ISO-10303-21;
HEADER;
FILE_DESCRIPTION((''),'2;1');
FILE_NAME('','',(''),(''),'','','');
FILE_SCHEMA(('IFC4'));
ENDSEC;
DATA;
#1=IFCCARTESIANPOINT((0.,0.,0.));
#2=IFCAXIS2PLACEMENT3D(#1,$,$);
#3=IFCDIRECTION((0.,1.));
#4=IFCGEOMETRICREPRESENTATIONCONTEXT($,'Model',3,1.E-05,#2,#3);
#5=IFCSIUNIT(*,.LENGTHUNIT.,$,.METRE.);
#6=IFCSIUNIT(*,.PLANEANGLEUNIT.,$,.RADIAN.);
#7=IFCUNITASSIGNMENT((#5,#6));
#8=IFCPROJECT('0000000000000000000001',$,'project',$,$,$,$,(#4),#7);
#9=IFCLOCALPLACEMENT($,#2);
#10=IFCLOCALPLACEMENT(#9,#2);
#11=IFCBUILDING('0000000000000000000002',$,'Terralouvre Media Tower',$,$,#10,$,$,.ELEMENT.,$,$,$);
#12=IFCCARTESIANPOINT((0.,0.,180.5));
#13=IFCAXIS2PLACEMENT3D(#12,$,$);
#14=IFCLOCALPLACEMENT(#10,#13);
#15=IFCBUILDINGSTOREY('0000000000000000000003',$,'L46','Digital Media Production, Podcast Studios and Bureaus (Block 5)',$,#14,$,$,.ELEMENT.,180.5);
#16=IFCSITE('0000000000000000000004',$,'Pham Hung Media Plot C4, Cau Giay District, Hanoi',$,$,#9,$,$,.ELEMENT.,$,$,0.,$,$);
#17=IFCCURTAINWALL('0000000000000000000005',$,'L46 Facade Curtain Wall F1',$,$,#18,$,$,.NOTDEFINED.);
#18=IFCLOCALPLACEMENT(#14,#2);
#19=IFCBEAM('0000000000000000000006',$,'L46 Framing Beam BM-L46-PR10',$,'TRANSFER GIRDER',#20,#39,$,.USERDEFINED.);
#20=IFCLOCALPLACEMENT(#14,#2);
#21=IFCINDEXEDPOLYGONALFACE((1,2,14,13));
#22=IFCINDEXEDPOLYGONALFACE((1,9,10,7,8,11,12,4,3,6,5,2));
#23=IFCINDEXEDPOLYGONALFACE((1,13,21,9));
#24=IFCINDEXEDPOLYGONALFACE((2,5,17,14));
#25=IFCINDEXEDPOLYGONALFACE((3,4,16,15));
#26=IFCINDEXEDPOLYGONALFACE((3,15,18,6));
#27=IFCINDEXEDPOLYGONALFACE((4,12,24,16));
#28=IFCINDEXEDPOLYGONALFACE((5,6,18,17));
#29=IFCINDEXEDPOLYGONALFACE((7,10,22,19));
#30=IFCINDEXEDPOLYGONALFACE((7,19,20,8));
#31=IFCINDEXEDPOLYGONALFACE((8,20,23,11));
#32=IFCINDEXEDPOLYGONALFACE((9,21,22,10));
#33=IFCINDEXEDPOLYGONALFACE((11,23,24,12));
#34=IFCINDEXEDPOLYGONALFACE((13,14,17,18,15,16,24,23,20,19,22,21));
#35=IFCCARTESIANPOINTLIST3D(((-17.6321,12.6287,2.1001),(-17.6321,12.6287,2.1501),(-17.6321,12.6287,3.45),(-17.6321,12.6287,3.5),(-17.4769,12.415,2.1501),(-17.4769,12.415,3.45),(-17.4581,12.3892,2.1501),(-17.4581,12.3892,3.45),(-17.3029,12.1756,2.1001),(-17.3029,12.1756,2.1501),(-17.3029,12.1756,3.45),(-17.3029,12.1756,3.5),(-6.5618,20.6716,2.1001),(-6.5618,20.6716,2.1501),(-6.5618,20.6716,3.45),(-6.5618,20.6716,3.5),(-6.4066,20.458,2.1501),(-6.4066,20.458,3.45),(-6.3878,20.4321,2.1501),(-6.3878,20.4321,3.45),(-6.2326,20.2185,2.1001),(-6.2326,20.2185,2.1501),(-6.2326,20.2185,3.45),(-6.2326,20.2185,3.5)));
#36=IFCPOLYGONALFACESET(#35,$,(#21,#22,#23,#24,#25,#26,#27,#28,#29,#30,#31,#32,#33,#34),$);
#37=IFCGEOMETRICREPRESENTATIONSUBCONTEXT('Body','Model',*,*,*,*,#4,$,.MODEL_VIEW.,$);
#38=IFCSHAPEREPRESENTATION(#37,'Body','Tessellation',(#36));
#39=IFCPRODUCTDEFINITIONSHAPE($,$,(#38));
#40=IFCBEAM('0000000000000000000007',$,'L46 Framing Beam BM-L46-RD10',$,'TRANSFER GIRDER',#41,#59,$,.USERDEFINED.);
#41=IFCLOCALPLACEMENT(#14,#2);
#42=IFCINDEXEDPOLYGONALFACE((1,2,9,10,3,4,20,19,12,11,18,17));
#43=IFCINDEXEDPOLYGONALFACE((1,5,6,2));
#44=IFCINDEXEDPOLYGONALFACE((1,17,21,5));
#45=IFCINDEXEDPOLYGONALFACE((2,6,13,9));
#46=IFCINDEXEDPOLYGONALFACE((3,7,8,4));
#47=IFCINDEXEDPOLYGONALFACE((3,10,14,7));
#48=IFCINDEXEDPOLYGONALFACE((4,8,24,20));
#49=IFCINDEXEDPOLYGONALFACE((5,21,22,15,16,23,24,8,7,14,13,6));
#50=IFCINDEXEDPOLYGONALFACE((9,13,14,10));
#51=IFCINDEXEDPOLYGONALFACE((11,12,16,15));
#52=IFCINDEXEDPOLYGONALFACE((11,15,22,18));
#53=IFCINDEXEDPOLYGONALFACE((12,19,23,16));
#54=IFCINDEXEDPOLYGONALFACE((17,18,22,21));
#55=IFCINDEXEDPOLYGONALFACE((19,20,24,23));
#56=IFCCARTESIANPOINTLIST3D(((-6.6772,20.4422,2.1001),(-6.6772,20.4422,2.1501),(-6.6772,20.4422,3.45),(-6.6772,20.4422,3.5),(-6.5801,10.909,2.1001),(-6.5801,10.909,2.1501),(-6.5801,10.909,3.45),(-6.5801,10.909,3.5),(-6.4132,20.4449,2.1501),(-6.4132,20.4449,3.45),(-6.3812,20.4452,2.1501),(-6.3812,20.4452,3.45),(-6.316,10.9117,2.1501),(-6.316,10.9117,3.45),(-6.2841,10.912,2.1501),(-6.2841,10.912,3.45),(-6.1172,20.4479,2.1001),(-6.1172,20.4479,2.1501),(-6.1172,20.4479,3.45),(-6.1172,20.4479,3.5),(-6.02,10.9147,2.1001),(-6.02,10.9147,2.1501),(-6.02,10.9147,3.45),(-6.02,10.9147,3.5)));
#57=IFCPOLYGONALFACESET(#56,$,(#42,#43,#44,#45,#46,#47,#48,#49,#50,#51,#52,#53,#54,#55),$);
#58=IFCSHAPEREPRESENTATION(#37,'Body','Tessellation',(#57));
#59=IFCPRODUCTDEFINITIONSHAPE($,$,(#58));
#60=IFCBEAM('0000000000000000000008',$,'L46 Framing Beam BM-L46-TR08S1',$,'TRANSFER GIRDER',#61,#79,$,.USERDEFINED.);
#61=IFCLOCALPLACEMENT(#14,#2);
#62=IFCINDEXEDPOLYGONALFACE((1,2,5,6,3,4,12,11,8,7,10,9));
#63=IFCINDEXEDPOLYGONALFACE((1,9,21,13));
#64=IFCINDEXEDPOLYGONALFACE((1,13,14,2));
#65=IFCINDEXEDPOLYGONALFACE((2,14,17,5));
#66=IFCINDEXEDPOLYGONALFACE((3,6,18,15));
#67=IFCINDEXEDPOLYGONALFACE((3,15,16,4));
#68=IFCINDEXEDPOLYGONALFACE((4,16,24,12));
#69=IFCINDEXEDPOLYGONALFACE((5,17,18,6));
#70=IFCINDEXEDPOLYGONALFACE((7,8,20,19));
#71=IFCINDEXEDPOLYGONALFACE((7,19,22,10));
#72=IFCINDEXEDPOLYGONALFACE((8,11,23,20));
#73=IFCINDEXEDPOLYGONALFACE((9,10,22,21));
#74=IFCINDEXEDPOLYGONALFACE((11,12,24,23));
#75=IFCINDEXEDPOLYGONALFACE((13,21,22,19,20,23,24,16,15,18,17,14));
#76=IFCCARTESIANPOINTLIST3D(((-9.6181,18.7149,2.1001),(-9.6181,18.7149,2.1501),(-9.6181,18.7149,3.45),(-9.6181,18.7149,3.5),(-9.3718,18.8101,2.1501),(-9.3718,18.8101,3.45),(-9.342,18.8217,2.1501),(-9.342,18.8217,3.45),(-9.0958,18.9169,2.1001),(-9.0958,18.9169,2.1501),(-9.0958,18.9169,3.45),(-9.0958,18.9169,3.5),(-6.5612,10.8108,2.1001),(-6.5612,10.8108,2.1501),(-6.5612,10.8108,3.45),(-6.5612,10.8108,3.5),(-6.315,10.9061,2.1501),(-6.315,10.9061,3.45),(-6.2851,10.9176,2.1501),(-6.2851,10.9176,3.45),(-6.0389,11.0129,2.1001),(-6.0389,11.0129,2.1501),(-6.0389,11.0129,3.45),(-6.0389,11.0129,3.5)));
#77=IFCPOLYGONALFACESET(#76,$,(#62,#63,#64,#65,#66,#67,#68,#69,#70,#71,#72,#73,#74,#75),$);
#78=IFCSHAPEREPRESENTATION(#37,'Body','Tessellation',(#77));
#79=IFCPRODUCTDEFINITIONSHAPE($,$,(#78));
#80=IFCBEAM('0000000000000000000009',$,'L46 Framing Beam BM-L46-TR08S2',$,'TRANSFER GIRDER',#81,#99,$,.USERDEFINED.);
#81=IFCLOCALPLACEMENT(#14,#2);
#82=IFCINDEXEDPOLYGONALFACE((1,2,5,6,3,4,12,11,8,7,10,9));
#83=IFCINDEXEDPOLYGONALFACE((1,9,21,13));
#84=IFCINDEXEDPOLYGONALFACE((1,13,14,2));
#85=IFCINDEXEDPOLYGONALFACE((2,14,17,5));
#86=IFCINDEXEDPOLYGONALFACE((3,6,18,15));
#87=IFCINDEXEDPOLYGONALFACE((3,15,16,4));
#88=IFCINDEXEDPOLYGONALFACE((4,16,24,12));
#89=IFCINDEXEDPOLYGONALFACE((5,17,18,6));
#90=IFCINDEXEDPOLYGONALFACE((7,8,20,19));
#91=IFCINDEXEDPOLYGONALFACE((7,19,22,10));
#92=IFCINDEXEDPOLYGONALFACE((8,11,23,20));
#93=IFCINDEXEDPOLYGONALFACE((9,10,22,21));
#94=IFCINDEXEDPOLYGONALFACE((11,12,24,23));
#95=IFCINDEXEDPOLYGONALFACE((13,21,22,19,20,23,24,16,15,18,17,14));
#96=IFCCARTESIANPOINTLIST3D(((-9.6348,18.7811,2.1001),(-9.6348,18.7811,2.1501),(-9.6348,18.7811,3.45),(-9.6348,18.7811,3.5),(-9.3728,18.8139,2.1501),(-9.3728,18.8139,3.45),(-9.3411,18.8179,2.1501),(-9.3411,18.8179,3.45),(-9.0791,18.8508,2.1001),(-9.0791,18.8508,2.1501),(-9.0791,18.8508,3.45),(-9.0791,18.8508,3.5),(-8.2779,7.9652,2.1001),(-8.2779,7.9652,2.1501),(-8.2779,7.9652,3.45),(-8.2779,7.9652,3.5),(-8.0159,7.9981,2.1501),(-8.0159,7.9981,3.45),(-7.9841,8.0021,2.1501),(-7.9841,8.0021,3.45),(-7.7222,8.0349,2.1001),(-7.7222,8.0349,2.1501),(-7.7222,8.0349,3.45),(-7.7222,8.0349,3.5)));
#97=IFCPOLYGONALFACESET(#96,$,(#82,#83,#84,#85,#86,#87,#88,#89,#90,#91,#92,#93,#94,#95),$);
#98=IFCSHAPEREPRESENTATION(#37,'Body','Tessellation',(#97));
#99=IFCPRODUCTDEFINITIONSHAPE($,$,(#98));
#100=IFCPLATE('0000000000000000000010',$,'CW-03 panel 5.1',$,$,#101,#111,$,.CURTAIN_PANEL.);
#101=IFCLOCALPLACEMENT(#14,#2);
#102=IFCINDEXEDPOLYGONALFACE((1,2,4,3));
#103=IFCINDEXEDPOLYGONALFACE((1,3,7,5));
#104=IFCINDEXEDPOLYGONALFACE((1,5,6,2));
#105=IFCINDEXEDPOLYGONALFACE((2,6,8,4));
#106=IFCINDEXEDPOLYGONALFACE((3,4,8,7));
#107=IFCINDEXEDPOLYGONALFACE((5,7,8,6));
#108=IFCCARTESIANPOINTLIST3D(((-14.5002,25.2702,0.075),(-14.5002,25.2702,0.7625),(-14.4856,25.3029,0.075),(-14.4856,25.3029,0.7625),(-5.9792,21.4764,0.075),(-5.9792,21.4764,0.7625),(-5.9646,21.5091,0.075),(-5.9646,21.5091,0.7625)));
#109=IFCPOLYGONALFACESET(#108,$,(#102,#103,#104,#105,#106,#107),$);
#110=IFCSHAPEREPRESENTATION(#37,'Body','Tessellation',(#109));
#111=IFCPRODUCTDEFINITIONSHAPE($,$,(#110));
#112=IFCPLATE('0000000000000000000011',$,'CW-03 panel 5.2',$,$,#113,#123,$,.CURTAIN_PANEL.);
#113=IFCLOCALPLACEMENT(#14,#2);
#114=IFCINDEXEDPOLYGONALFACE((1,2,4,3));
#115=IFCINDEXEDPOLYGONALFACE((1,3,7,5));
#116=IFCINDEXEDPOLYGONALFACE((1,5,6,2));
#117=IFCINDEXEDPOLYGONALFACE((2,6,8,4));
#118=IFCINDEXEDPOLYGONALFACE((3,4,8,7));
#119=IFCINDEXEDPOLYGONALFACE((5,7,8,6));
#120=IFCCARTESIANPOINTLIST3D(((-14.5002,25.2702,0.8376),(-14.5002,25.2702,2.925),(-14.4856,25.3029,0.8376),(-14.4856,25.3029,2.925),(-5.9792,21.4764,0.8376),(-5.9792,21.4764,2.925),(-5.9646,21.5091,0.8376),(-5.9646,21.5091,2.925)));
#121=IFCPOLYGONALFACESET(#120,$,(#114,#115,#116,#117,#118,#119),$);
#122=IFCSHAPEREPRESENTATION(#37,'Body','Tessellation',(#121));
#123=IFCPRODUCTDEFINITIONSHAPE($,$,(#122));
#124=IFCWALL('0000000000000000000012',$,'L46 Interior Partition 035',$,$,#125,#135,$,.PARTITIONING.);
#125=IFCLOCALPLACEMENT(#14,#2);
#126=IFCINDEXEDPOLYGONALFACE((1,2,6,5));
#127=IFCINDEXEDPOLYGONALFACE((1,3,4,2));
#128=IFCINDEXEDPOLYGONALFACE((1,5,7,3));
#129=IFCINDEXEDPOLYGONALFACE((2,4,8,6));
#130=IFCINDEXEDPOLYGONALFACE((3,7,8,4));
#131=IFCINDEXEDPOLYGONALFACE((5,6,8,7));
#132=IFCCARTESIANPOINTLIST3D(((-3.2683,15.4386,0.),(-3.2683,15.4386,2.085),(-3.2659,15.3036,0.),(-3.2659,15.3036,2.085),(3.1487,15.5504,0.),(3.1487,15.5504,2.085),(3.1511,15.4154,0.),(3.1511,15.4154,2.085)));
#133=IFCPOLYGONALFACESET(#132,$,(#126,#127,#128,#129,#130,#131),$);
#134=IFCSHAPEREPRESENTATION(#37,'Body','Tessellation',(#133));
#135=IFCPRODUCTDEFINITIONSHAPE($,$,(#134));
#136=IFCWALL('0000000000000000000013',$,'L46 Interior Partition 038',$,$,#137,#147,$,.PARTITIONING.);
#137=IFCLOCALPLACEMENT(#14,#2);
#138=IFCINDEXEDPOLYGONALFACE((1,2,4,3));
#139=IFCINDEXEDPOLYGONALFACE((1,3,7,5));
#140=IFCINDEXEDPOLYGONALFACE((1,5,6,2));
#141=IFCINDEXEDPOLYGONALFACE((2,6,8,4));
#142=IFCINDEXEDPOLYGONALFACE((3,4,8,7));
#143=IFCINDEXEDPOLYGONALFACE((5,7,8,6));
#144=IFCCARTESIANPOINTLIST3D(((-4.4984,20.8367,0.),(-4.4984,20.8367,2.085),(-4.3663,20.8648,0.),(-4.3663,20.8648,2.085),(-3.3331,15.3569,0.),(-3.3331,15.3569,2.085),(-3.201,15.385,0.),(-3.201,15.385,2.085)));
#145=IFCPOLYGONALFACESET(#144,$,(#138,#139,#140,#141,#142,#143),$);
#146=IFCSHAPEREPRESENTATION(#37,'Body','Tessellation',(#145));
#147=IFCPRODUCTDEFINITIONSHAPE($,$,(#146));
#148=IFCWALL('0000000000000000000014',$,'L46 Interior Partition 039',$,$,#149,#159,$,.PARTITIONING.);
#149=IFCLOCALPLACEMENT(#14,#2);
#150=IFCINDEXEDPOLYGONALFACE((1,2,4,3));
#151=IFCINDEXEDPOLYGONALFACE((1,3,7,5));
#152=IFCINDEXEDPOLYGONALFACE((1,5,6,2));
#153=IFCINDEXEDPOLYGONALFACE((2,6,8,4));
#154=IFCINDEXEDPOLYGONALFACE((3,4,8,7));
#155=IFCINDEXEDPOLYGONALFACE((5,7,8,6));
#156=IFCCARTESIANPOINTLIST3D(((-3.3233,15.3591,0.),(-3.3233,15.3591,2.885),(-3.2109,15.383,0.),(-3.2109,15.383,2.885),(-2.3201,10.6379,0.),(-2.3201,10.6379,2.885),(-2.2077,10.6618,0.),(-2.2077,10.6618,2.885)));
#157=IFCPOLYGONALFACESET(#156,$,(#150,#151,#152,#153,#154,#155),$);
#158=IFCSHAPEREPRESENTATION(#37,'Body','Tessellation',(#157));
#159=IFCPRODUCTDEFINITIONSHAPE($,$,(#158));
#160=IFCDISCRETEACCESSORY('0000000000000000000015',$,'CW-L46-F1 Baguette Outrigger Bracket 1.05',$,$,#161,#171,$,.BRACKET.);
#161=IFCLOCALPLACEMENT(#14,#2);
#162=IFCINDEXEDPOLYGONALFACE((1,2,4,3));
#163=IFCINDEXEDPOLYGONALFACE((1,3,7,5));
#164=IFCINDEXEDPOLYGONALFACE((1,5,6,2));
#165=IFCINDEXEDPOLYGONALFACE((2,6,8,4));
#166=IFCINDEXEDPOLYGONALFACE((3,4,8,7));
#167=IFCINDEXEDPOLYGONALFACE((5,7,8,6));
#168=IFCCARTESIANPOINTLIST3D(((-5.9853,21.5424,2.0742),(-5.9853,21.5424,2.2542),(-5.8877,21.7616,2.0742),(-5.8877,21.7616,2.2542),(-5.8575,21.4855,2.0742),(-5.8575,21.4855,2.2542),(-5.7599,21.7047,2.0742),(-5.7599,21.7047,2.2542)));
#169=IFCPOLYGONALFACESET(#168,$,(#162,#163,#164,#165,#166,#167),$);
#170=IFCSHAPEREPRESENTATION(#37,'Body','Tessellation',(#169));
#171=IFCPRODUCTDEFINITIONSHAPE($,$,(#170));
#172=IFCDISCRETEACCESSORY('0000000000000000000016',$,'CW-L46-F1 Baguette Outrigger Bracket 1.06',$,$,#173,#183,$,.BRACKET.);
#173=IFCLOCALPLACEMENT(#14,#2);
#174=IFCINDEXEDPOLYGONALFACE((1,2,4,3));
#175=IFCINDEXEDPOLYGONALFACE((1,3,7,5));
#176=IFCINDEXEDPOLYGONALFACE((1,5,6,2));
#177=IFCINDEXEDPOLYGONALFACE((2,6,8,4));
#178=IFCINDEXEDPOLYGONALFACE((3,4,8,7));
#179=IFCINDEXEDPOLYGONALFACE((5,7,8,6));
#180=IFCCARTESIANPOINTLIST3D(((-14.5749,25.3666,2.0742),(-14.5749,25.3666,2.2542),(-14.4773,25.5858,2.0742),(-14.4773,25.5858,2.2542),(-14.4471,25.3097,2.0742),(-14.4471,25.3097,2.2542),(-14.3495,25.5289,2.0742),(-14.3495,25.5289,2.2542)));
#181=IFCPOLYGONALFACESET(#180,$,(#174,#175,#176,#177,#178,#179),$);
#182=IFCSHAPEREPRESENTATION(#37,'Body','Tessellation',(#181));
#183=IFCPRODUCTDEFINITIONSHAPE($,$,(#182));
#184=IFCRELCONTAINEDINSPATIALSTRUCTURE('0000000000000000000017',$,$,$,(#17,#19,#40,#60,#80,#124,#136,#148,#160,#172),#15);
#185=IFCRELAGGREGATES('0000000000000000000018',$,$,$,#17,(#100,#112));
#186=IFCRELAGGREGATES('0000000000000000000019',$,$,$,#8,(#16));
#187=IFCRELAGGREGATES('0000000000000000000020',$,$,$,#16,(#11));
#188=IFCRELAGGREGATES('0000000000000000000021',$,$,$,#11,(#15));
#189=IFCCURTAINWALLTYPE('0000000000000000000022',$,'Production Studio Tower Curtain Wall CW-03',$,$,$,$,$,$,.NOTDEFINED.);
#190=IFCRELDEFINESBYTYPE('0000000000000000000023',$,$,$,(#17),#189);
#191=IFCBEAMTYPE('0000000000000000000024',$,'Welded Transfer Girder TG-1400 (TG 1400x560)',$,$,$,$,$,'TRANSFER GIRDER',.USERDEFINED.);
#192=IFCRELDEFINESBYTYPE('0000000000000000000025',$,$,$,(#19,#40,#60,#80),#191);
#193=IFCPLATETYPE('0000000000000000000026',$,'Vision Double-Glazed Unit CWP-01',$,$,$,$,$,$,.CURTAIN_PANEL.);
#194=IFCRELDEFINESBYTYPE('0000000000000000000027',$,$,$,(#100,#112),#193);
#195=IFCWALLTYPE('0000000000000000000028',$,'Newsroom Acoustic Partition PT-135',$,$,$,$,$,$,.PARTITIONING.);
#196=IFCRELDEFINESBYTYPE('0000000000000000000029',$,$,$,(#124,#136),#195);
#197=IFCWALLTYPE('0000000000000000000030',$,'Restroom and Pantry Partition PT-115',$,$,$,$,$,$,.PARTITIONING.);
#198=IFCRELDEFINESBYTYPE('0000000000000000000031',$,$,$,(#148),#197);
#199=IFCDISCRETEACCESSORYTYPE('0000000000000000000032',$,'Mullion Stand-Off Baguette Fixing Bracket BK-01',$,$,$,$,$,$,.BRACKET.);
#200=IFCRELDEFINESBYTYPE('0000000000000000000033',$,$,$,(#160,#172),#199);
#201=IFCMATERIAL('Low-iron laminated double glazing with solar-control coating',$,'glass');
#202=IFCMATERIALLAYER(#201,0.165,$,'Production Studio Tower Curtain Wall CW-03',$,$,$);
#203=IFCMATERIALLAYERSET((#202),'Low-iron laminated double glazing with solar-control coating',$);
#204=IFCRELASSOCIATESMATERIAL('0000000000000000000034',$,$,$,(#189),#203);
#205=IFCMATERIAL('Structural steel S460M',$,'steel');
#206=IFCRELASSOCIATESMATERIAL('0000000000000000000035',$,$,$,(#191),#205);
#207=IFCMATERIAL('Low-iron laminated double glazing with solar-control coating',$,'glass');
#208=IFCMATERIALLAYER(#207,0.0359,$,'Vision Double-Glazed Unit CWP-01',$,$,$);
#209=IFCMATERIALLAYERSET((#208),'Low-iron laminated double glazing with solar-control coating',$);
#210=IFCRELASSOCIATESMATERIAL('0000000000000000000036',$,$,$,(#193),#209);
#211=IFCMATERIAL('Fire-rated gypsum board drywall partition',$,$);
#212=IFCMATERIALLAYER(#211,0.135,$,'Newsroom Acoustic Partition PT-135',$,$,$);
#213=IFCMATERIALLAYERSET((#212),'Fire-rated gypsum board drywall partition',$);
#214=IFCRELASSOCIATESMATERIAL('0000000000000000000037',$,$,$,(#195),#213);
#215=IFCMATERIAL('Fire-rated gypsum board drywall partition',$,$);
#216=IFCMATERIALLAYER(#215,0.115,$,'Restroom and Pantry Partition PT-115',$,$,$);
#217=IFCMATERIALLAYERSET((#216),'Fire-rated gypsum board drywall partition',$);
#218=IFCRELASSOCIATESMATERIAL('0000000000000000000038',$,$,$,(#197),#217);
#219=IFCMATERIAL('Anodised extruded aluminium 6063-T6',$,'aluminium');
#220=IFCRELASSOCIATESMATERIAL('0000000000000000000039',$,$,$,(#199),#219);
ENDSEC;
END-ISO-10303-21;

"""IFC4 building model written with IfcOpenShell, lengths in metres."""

from ifc_helpers import new_model, si_unit, direction, frame, frame_2d, origin, origin_2d, place, context, subcontext, project, spatial, rectangle, i_section, extrude, material, layer, layer_set, material_profile, profile_set, type_object, element, aggregate, save


model = new_model("IFC4")

# Units and contexts
model_context = context("Model", 3, precision=1e-05, world=origin(), true_north=direction((0.0, 1.0)))
body_context = subcontext(model_context, "Body", "Model", "MODEL_VIEW")
ifc_project = project(units=[si_unit("LENGTHUNIT", "METRE"), si_unit("PLANEANGLEUNIT", "RADIAN")], contexts=[model_context])

# Site, building, storey
site_placement = place(None, origin())
site = spatial("IfcSite", under=ifc_project, at=site_placement, Name="Pham Hung Media Plot C4, Cau Giay District, Hanoi", CompositionType="ELEMENT", RefElevation=0.0)
building_placement = place(site_placement, origin())
building = spatial("IfcBuilding", under=site, at=building_placement, Name="Terralouvre Media Tower", CompositionType="ELEMENT")
storey_placement = place(building_placement, frame((0.0, 0.0, 180.5)))
storey = spatial("IfcBuildingStorey", under=building, at=storey_placement, Name="L46", Description="Digital Media Production, Podcast Studios and Bureaus (Block 5)", CompositionType="ELEMENT", Elevation=180.5)

# Curtain wall
ifc_material_1 = material(Name="Low-iron laminated double glazing with solar-control coating", Category="glass")
ifc_layer_1 = layer(ifc_material_1, 0.165, Name="Production Studio Tower Curtain Wall CW-03")
ifc_layer_set_1 = layer_set([ifc_layer_1], Name="Low-iron laminated double glazing with solar-control coating")
curtain_wall_type_1 = type_object("IfcCurtainWallType", Name="Production Studio Tower Curtain Wall CW-03", PredefinedType="NOTDEFINED", material=ifc_layer_set_1)
curtain_wall_1_placement = place(storey_placement, origin())
curtain_wall_1 = element("IfcCurtainWall", 1, at=curtain_wall_1_placement, inside=storey, type_object=curtain_wall_type_1, Name="L46 Facade Curtain Wall F1", PredefinedType="NOTDEFINED")

# Beams
ifc_material_2 = material(Name="Structural steel S460M", Category="steel")
ifc_material_profile_1 = material_profile(ifc_material_2, i_section(OverallWidth=0.5601, OverallDepth=1.3999, WebThickness=0.032, FlangeThickness=0.05, at=origin_2d()), Name="TG 1400x560")
ifc_profile_set_1 = profile_set([ifc_material_profile_1], Name="Structural steel S460M")
beam_type_1 = type_object("IfcBeamType", Name="Welded Transfer Girder TG-1400 (TG 1400x560)", ElementType="TRANSFER GIRDER", PredefinedType="USERDEFINED", material=ifc_profile_set_1)
beam_1_placement = place(storey_placement, frame((-6.3972, 20.4451, 2.8), z_axis=(-0.80902, -0.587781, 0.0), x_axis=(0.587781, -0.80902, 0.0)))
element("IfcBeam", 2, at=beam_1_placement, inside=storey, type_object=beam_type_1, Name="L46 Framing Beam BM-L46-PR10", ObjectType="TRANSFER GIRDER", PredefinedType="USERDEFINED", context=body_context, shape_type="SweptSolid", body=[
    extrude(i_section(OverallWidth=0.5601, OverallDepth=1.3999, WebThickness=0.032, FlangeThickness=0.05, at=origin_2d()), origin(), (0.0, 0.0, 1.0), 13.6836),
])
beam_2_placement = place(storey_placement, frame((-6.3, 10.9119, 2.8), z_axis=(-0.010192, 0.999948, 0.0), x_axis=(-0.999948, -0.010192, 0.0)))
element("IfcBeam", 3, at=beam_2_placement, inside=storey, type_object=beam_type_1, Name="L46 Framing Beam BM-L46-RD10", ObjectType="TRANSFER GIRDER", PredefinedType="USERDEFINED", context=body_context, shape_type="SweptSolid", body=[
    extrude(i_section(OverallWidth=0.5601, OverallDepth=1.3999, WebThickness=0.032, FlangeThickness=0.05, at=origin_2d()), origin(), (0.0, 0.0, 1.0), 9.5337),
])
beam_3_placement = place(storey_placement, frame((-9.3569, 18.8159, 2.8), z_axis=(0.360712, -0.932677, 0.0), x_axis=(0.932677, 0.360712, 0.0)))
element("IfcBeam", 4, at=beam_3_placement, inside=storey, type_object=beam_type_1, Name="L46 Framing Beam BM-L46-TR08S1", ObjectType="TRANSFER GIRDER", PredefinedType="USERDEFINED", context=body_context, shape_type="SweptSolid", body=[
    extrude(i_section(OverallWidth=0.5601, OverallDepth=1.3999, WebThickness=0.032, FlangeThickness=0.05, at=origin_2d()), origin(), (0.0, 0.0, 1.0), 8.4746),
])
beam_4_placement = place(storey_placement, frame((-9.3569, 18.8159, 2.8), z_axis=(0.124481, -0.992222, 0.0), x_axis=(0.992222, 0.124481, 0.0)))
element("IfcBeam", 5, at=beam_4_placement, inside=storey, type_object=beam_type_1, Name="L46 Framing Beam BM-L46-TR08S2", ObjectType="TRANSFER GIRDER", PredefinedType="USERDEFINED", context=body_context, shape_type="SweptSolid", body=[
    extrude(i_section(OverallWidth=0.5601, OverallDepth=1.3999, WebThickness=0.032, FlangeThickness=0.05, at=origin_2d()), origin(), (0.0, 0.0, 1.0), 10.9006),
])

# Plates
ifc_material_3 = material(Name="Low-iron laminated double glazing with solar-control coating", Category="glass")
ifc_layer_2 = layer(ifc_material_3, 0.0359, Name="Vision Double-Glazed Unit CWP-01")
ifc_layer_set_2 = layer_set([ifc_layer_2], Name="Low-iron laminated double glazing with solar-control coating")
plate_type = type_object("IfcPlateType", Name="Vision Double-Glazed Unit CWP-01", PredefinedType="CURTAIN_PANEL", material=ifc_layer_set_2)
plate_1_placement = place(storey_placement, frame((-10.2324, 23.3896, 0.075), z_axis=(0.0, 0.0, 1.0), x_axis=(-0.913545, 0.406737, 0.0)))
plate_1 = element("IfcPlate", 6, at=plate_1_placement, type_object=plate_type, Name="CW-03 panel 5.1", PredefinedType="CURTAIN_PANEL", context=body_context, shape_type="SweptSolid", body=[
    extrude(rectangle(XDim=9.3274, YDim=0.0359, at=origin_2d()), origin(), (0.0, 0.0, 1.0), 0.6875),
])
plate_2_placement = place(storey_placement, frame((-10.2324, 23.3896, 0.8376), z_axis=(0.0, 0.0, 1.0), x_axis=(-0.913545, 0.406737, 0.0)))
plate_2 = element("IfcPlate", 7, at=plate_2_placement, type_object=plate_type, Name="CW-03 panel 5.2", PredefinedType="CURTAIN_PANEL", context=body_context, shape_type="SweptSolid", body=[
    extrude(rectangle(XDim=9.3274, YDim=0.0359, at=origin_2d()), origin(), (0.0, 0.0, 1.0), 2.0874),
])
aggregate(curtain_wall_1, [plate_1, plate_2])

# Walls
ifc_material_4 = material(Name="Fire-rated gypsum board drywall partition")
ifc_layer_3 = layer(ifc_material_4, 0.135, Name="Newsroom Acoustic Partition PT-135")
ifc_layer_set_3 = layer_set([ifc_layer_3], Name="Fire-rated gypsum board drywall partition")
wall_type_1 = type_object("IfcWallType", Name="Newsroom Acoustic Partition PT-135", PredefinedType="PARTITIONING", material=ifc_layer_set_3)
wall_1_placement = place(storey_placement, frame((-3.2671, 15.3711, 0.0), z_axis=(0.0, 0.0, 1.0), x_axis=(0.999848, 0.017422, 0.0)))
element("IfcWall", 8, at=wall_1_placement, inside=storey, type_object=wall_type_1, Name="L46 Interior Partition 035", PredefinedType="PARTITIONING", context=body_context, shape_type="SweptSolid", body=[
    extrude(rectangle(XDim=6.418, YDim=0.135, at=frame_2d((3.209, 0.0))), origin(), (0.0, 0.0, 1.0), 2.085),
])
wall_2_placement = place(storey_placement, frame((-4.4324, 20.8508, 0.0), z_axis=(0.0, 0.0, 1.0), x_axis=(0.208002, -0.978128, 0.0)))
element("IfcWall", 9, at=wall_2_placement, inside=storey, type_object=wall_type_1, Name="L46 Interior Partition 038", PredefinedType="PARTITIONING", context=body_context, shape_type="SweptSolid", body=[
    extrude(rectangle(XDim=5.6023, YDim=0.135, at=frame_2d((2.8013, 0.0))), origin(), (0.0, 0.0, 1.0), 2.085),
])
ifc_material_5 = material(Name="Fire-rated gypsum board drywall partition")
ifc_layer_4 = layer(ifc_material_5, 0.115, Name="Restroom and Pantry Partition PT-115")
ifc_layer_set_4 = layer_set([ifc_layer_4], Name="Fire-rated gypsum board drywall partition")
wall_type_2 = type_object("IfcWallType", Name="Restroom and Pantry Partition PT-115", PredefinedType="PARTITIONING", material=ifc_layer_set_4)
wall_3_placement = place(storey_placement, frame((-3.2671, 15.3711, 0.0), z_axis=(0.0, 0.0, 1.0), x_axis=(0.207843, -0.978162, 0.0)))
element("IfcWall", 10, at=wall_3_placement, inside=storey, type_object=wall_type_2, Name="L46 Interior Partition 039", PredefinedType="PARTITIONING", context=body_context, shape_type="SweptSolid", body=[
    extrude(rectangle(XDim=4.8267, YDim=0.115, at=frame_2d((2.4133, 0.0))), origin(), (0.0, 0.0, 1.0), 2.885),
])

# Discrete accessories
ifc_material_6 = material(Name="Anodised extruded aluminium 6063-T6", Category="aluminium")
discrete_accessory_type = type_object("IfcDiscreteAccessoryType", Name="Mullion Stand-Off Baguette Fixing Bracket BK-01", PredefinedType="BRACKET", material=ifc_material_6)
for number, where, z_axis, x_axis, name in (
    (11, (-5.8726, 21.6235, 2.0742), (0.0, 0.0, 1.0), (-0.913545, 0.406737, 0.0), "CW-L46-F1 Baguette Outrigger Bracket 1.05"),
    (12, (-14.4622, 25.4478, 2.0742), (0.0, 0.0, 1.0), (-0.913545, 0.406737, 0.0), "CW-L46-F1 Baguette Outrigger Bracket 1.06"),
):
    element("IfcDiscreteAccessory", number, at=place(storey_placement, frame(where, z_axis=z_axis, x_axis=x_axis)), inside=storey, type_object=discrete_accessory_type, Name=name, PredefinedType="BRACKET", context=body_context, shape_type="SweptSolid", body=[
        extrude(rectangle(XDim=0.1399, YDim=0.24, at=origin_2d()), origin(), (0.0, 0.0, 1.0), 0.1799),
    ])

save(model, "model.ifc")
